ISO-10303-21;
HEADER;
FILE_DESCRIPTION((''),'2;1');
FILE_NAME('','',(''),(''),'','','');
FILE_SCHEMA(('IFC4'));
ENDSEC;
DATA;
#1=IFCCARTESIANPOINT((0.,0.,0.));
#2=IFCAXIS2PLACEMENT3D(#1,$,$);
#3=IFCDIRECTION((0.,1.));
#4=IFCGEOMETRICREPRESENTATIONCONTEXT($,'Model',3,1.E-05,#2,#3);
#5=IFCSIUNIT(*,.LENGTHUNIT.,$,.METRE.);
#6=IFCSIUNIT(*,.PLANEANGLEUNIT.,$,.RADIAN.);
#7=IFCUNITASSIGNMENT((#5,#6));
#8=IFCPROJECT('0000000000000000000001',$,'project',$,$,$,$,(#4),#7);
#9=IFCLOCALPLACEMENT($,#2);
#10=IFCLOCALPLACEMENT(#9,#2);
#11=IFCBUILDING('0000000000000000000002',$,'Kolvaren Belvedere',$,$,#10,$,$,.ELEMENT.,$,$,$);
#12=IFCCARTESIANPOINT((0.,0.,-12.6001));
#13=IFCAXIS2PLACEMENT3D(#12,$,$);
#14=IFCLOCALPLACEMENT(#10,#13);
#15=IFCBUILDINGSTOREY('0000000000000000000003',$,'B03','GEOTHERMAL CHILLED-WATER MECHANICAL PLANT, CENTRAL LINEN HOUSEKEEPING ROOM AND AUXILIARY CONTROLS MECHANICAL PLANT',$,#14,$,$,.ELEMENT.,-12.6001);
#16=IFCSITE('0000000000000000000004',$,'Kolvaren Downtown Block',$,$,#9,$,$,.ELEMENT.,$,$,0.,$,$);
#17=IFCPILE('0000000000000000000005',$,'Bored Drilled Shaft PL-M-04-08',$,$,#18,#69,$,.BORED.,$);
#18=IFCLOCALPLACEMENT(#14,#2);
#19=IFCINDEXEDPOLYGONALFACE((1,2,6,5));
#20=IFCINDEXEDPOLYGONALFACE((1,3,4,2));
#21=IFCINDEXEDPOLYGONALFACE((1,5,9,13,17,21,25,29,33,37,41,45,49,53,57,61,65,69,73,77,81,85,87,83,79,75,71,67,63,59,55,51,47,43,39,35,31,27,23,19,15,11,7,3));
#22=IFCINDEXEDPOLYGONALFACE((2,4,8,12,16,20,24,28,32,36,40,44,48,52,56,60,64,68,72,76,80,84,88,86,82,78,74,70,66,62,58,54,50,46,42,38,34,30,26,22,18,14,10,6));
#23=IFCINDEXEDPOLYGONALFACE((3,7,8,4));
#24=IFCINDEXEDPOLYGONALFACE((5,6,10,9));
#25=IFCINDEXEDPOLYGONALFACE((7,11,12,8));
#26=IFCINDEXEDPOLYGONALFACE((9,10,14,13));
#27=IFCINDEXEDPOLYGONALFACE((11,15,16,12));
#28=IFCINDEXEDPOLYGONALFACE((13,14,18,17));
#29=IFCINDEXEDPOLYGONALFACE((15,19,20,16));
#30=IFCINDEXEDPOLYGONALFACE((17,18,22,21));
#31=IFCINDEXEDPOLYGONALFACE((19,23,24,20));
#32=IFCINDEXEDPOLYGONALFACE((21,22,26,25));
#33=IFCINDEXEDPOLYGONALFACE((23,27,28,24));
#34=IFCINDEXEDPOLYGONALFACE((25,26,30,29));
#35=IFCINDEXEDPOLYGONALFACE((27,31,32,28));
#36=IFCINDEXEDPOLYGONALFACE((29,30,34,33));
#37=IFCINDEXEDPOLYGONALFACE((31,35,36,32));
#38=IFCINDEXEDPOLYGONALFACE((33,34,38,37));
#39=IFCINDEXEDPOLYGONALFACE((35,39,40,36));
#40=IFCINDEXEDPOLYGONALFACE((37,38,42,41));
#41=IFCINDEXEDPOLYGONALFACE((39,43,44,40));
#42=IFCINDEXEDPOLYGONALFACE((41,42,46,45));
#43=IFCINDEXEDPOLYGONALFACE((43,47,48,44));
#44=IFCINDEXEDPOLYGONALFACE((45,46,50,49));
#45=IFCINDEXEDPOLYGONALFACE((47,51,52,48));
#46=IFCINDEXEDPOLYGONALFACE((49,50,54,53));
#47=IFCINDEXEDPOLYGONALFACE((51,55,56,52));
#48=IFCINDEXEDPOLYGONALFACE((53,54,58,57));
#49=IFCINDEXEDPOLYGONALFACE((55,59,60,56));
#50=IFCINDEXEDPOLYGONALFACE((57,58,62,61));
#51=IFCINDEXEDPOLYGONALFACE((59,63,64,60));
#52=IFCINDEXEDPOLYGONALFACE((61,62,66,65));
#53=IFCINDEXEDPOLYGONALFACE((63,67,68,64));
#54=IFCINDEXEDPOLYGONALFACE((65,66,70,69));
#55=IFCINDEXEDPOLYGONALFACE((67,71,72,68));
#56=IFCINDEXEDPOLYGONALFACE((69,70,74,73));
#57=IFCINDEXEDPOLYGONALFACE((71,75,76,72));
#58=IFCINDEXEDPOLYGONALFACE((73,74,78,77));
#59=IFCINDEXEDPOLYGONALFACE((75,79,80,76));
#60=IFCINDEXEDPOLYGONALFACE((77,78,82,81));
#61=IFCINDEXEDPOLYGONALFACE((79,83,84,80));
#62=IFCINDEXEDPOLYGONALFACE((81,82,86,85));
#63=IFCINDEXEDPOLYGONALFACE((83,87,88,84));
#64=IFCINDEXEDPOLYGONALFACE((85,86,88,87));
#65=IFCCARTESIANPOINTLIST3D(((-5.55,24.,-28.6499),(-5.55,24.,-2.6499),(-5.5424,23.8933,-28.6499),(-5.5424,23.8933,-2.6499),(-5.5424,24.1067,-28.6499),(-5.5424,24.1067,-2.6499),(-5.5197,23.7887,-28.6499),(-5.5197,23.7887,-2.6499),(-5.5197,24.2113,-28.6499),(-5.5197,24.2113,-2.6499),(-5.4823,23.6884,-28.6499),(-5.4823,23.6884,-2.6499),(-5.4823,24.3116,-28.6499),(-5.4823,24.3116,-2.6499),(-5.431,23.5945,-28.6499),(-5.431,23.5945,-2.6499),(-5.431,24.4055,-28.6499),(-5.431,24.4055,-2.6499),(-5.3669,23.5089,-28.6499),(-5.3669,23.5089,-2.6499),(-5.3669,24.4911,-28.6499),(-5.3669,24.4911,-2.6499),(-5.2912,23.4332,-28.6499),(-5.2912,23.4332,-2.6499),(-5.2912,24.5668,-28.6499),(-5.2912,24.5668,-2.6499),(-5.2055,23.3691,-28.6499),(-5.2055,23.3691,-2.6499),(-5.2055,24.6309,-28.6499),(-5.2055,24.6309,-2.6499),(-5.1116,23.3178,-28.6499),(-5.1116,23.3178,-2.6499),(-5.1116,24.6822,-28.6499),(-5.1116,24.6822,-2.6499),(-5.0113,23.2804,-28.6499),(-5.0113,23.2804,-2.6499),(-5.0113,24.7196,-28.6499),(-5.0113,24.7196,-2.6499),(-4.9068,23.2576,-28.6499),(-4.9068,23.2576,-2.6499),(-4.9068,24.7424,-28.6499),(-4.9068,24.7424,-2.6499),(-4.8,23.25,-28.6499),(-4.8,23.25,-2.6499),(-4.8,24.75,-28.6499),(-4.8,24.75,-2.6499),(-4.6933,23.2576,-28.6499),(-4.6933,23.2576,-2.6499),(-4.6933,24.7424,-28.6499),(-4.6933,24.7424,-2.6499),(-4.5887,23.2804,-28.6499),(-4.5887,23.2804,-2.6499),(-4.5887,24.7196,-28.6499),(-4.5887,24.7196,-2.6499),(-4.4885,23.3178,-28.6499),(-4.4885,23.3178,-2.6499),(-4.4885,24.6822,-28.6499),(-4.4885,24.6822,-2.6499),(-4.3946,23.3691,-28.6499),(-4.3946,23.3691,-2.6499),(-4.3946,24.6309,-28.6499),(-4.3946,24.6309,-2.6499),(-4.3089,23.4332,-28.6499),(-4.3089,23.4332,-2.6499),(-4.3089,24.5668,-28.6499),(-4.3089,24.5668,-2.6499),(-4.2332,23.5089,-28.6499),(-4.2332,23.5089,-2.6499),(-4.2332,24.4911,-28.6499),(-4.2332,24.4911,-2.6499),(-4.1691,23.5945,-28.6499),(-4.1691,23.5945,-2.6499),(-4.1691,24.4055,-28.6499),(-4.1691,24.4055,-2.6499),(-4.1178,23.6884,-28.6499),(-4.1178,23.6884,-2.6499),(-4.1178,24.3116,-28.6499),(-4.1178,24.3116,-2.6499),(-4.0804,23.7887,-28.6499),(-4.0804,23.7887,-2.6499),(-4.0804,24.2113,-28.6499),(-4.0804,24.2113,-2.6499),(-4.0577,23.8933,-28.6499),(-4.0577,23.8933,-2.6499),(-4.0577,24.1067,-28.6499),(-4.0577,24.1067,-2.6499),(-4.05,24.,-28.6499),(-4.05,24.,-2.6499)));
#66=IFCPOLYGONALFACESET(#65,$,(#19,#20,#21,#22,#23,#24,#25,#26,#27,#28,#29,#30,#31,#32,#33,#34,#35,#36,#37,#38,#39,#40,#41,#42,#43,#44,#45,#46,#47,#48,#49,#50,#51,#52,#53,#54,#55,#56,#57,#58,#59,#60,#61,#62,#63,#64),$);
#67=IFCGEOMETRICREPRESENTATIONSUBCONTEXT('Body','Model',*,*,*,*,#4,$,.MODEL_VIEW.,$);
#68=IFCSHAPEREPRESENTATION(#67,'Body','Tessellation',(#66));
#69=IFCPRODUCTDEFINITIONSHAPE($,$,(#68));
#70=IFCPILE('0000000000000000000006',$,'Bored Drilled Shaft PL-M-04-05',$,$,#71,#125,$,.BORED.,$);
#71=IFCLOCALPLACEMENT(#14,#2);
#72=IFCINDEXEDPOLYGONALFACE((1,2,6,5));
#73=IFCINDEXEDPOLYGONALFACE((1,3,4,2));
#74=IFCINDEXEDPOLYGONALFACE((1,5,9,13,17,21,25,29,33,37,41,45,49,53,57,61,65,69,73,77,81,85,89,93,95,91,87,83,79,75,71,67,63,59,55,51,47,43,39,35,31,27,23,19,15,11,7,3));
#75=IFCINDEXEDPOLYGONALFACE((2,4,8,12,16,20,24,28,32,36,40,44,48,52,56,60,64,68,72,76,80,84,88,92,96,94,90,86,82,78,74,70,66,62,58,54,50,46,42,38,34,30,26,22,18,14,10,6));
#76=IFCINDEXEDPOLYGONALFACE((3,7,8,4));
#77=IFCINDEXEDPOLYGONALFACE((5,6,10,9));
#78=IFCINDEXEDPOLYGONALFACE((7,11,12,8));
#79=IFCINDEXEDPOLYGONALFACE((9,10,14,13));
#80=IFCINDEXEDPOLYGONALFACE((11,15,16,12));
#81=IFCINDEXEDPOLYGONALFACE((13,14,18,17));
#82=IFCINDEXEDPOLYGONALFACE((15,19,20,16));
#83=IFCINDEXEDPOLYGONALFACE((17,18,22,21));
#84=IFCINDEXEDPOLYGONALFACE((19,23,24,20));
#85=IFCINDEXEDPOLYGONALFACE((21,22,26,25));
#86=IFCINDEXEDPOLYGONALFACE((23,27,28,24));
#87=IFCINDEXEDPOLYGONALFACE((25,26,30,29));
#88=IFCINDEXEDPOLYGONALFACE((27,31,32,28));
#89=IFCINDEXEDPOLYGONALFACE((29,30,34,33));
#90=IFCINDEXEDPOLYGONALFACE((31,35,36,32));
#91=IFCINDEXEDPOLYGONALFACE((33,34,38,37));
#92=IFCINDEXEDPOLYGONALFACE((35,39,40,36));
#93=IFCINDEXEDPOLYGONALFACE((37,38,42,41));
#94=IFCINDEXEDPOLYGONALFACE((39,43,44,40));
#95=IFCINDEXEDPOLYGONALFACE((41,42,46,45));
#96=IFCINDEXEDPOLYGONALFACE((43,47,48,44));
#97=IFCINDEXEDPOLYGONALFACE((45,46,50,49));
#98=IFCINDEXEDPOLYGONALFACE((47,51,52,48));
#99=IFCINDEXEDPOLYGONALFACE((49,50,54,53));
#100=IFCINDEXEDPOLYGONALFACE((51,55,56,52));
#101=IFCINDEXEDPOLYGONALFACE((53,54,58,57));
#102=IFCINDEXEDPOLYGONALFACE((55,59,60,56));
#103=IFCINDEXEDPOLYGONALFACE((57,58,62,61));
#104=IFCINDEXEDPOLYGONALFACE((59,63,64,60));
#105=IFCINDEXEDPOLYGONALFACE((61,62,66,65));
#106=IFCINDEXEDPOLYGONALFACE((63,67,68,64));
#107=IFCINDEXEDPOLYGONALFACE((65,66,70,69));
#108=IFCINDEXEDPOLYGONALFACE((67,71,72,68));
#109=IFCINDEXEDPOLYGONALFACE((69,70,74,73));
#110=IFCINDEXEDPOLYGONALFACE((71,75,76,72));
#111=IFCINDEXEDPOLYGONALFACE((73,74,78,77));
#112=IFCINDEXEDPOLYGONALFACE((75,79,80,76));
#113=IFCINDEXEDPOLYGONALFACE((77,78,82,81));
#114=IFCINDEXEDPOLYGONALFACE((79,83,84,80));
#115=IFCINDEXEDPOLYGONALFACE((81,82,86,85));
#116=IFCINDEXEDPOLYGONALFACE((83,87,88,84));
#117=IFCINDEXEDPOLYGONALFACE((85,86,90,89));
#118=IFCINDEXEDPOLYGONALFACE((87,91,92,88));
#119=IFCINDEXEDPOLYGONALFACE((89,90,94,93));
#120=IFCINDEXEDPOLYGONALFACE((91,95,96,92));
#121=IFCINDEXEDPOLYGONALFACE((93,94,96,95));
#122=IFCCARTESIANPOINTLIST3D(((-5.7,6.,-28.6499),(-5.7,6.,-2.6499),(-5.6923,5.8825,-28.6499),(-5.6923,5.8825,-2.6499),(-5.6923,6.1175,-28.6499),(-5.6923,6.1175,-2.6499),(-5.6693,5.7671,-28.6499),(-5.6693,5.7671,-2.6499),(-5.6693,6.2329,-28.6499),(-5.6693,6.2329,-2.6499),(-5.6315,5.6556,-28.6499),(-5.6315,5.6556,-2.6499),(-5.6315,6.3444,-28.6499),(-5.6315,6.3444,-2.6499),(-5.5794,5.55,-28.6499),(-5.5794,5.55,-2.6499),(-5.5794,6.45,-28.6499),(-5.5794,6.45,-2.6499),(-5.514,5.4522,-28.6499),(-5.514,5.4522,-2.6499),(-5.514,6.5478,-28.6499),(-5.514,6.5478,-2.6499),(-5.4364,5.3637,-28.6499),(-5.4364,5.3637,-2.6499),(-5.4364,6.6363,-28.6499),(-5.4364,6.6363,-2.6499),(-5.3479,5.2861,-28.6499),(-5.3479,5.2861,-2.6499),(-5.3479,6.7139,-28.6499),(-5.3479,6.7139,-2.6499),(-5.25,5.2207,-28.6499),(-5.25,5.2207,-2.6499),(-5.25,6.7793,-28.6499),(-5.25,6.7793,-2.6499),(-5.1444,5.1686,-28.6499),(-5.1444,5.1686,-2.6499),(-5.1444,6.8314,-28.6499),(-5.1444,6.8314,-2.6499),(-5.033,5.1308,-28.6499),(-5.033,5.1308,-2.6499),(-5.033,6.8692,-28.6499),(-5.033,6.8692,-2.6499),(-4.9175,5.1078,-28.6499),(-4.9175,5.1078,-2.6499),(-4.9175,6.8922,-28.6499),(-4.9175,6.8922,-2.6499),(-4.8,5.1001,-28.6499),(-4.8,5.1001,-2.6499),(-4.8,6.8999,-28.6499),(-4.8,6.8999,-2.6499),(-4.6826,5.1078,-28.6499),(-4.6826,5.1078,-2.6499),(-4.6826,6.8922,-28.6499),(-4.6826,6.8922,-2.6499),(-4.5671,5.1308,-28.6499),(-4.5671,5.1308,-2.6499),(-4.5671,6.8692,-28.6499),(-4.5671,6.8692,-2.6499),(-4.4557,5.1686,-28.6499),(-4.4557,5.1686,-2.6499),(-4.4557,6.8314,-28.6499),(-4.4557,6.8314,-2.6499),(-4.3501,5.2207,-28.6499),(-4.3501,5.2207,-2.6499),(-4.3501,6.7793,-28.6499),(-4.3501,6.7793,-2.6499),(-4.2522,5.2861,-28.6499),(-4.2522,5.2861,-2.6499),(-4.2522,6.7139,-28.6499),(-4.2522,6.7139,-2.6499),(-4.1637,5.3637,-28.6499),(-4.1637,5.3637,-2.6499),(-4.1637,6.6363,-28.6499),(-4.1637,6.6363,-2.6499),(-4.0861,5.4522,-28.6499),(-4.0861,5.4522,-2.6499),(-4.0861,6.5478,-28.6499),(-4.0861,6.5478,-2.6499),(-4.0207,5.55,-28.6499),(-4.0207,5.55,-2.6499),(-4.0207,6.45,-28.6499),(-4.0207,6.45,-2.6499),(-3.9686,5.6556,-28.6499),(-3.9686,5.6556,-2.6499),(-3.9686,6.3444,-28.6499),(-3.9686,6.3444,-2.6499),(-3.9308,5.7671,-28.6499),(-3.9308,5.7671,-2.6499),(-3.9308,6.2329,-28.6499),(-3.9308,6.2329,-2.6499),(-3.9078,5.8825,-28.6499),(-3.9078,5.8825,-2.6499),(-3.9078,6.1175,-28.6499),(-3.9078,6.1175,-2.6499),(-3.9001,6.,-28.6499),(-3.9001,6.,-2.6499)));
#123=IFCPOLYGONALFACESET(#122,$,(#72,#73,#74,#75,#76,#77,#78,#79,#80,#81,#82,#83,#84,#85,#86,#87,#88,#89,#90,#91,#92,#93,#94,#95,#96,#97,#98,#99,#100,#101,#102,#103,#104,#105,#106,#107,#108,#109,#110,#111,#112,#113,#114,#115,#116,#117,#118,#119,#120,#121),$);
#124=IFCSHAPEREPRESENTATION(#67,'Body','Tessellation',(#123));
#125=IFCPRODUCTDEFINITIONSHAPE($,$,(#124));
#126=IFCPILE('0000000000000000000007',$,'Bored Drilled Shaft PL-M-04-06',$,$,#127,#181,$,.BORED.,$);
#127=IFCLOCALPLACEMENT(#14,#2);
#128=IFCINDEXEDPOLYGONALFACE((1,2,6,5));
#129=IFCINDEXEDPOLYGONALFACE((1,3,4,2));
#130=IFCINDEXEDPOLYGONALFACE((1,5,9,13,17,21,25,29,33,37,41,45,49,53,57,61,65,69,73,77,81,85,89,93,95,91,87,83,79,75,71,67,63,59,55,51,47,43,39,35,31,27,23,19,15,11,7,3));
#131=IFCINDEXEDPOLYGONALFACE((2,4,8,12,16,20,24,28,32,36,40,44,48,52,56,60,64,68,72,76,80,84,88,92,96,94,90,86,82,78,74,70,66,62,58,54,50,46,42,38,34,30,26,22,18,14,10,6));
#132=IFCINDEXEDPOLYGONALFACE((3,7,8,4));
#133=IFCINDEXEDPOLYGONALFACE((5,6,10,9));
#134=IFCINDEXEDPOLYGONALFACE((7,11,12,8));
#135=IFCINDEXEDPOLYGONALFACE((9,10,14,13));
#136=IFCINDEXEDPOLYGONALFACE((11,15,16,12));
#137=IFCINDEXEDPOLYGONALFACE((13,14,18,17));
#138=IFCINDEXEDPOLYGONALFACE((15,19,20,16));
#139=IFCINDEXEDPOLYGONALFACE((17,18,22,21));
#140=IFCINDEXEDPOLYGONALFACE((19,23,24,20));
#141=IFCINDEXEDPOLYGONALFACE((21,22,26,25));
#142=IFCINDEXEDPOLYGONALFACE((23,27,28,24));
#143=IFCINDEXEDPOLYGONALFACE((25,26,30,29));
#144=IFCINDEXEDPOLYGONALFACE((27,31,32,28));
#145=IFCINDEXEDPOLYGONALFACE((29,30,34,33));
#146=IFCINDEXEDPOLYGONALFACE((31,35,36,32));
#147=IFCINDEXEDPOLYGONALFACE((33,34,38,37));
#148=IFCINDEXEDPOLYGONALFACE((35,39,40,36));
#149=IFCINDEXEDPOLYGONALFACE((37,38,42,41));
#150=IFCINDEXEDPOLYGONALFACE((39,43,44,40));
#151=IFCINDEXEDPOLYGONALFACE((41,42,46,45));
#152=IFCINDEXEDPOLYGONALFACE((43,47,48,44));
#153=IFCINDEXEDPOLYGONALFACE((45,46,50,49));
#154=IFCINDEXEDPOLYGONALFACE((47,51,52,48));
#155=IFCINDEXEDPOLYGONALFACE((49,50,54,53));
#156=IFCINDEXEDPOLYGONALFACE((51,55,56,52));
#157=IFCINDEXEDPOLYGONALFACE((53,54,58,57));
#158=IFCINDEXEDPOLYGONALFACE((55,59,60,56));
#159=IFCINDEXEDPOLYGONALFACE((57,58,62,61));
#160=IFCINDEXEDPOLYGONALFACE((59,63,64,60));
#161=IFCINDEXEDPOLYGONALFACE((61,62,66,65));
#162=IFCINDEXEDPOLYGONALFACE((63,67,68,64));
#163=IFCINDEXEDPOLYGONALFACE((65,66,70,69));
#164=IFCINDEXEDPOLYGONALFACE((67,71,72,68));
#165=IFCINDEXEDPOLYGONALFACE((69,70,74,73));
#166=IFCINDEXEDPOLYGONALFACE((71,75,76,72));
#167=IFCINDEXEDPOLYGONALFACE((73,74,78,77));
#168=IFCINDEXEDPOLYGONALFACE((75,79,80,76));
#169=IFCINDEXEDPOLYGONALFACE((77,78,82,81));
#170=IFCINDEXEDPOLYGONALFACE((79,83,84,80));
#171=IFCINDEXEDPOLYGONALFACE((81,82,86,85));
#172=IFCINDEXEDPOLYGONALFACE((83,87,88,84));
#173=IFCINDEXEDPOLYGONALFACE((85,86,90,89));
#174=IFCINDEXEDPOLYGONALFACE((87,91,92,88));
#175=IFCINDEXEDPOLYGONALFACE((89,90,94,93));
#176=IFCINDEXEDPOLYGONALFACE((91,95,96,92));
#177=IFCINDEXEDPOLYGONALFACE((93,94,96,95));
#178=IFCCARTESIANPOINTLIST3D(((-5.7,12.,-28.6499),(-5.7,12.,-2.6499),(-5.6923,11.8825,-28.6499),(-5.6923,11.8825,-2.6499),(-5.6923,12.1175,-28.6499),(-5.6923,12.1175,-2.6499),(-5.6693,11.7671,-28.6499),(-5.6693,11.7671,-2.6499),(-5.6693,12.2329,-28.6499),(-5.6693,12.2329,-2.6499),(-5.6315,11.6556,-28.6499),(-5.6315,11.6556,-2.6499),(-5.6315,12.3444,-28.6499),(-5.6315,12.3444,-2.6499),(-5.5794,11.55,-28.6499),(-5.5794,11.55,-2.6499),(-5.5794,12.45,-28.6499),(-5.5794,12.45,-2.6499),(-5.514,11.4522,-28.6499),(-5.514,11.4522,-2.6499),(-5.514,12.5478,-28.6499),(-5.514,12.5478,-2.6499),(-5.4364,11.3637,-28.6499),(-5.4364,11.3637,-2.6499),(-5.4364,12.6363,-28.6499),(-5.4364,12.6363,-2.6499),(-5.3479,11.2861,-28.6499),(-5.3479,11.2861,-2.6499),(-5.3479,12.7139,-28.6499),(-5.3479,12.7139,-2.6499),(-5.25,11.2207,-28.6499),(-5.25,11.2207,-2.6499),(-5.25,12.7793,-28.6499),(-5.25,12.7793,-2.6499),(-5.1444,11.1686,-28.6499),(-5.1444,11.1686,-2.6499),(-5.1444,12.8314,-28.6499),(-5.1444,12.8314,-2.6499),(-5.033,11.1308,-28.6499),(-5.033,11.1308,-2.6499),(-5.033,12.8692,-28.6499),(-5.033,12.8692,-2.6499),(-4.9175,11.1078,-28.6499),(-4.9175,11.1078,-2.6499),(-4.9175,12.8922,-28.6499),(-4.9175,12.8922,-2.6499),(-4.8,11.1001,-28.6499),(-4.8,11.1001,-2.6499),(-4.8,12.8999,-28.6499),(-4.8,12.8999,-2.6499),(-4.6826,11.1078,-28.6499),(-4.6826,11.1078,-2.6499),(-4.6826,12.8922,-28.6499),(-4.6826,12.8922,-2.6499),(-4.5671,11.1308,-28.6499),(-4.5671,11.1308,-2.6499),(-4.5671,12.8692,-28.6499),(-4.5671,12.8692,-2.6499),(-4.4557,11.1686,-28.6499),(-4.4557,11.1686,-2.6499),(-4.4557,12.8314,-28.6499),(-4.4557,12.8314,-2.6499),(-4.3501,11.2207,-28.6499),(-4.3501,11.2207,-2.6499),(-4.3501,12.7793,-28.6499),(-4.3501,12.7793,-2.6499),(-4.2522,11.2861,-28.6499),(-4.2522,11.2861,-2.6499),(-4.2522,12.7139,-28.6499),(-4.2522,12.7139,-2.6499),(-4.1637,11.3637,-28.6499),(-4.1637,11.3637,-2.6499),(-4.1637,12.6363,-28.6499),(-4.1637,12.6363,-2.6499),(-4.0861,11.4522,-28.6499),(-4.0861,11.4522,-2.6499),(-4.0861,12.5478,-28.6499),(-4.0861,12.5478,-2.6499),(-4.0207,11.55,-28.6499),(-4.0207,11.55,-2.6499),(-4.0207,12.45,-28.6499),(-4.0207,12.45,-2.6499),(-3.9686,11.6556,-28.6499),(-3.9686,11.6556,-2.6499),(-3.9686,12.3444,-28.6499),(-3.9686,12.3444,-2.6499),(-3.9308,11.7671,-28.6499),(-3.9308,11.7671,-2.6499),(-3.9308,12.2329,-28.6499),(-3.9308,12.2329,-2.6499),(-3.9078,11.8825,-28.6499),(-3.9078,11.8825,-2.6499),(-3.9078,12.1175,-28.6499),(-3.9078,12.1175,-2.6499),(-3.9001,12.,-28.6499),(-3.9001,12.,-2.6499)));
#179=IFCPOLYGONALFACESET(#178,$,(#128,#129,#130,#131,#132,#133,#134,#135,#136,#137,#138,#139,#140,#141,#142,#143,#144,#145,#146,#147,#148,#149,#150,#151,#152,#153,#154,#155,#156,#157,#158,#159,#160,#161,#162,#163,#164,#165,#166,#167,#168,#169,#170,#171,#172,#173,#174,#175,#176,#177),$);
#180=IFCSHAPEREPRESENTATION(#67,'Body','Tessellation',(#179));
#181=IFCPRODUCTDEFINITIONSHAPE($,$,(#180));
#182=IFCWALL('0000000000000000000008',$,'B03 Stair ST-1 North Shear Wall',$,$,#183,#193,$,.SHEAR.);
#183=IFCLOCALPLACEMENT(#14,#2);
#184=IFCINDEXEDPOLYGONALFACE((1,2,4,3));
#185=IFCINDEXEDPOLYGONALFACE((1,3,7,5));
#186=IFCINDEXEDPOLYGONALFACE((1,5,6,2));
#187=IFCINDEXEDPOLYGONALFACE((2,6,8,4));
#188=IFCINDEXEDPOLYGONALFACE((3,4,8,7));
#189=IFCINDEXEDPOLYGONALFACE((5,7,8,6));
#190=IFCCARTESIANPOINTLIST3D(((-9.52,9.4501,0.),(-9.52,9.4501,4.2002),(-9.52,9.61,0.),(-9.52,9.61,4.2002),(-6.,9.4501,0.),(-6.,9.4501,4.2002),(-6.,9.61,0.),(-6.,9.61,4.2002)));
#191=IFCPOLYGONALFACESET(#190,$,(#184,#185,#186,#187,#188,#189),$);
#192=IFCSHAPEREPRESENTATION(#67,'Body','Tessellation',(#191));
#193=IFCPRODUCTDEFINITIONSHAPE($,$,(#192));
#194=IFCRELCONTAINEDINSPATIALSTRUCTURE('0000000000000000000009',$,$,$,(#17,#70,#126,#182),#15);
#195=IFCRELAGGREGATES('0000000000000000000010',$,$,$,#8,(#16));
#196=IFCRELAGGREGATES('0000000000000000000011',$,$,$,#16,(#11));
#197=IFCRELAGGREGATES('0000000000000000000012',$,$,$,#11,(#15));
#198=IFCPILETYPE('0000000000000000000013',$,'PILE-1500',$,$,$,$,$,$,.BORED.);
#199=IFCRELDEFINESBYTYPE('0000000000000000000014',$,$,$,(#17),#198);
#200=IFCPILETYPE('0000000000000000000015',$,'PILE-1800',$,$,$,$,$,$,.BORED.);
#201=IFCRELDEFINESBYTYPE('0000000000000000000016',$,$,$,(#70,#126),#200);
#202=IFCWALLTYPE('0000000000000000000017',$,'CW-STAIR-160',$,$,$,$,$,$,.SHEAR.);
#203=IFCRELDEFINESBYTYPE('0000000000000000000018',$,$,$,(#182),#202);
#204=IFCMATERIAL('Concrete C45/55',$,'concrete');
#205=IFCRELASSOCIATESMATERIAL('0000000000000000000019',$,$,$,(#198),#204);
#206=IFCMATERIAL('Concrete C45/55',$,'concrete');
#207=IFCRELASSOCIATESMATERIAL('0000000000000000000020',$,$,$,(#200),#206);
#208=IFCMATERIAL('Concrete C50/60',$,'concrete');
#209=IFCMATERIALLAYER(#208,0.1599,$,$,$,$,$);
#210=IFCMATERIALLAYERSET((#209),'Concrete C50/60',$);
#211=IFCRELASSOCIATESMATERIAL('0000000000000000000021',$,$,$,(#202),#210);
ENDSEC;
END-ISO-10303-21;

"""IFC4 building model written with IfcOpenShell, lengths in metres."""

from ifc_helpers import new_model, si_unit, direction, frame, frame_2d, origin, origin_2d, place, context, subcontext, project, spatial, rectangle, circle, extrude, material, layer, layer_set, material_profile, profile_set, type_object, element, save


model = new_model("IFC4")

# Units and contexts
model_context = context("Model", 3, precision=1e-05, world=origin(), true_north=direction((0.0, 1.0)))
body_context = subcontext(model_context, "Body", "Model", "MODEL_VIEW")
ifc_project = project(units=[si_unit("LENGTHUNIT", "METRE"), si_unit("PLANEANGLEUNIT", "RADIAN")], contexts=[model_context])

# Site, building, storey
site_placement = place(None, origin())
site = spatial("IfcSite", under=ifc_project, at=site_placement, Name="Kolvaren Downtown Block", CompositionType="ELEMENT", RefElevation=0.0)
building_placement = place(site_placement, origin())
building = spatial("IfcBuilding", under=site, at=building_placement, Name="Kolvaren Belvedere", CompositionType="ELEMENT")
storey_placement = place(building_placement, frame((0.0, 0.0, -12.6001)))
storey = spatial("IfcBuildingStorey", under=building, at=storey_placement, Name="B03", Description="GEOTHERMAL CHILLED-WATER MECHANICAL PLANT, CENTRAL LINEN HOUSEKEEPING ROOM AND AUXILIARY CONTROLS MECHANICAL PLANT", CompositionType="ELEMENT", Elevation=-12.6001)

# Piles
ifc_material_1 = material(Name="Concrete C45/55", Category="concrete")
ifc_material_profile_1 = material_profile(ifc_material_1, circle(Radius=0.75, at=origin_2d()), Name="BORED PILE D1500")
ifc_profile_set_1 = profile_set([ifc_material_profile_1], Name="Concrete C45/55")
pile_type_1 = type_object("IfcPileType", Name="PILE-1500", PredefinedType="BORED", material=ifc_profile_set_1)
for number, where, z_axis, x_axis, name in (
    (1, (-4.8, 24.0, -2.6499), (0.0, 0.0, -1.0), (1.0, 0.0, 0.0), "Bored Drilled Shaft PL-M-04-08"),
):
    element("IfcPile", number, at=place(storey_placement, frame(where, z_axis=z_axis, x_axis=x_axis)), inside=storey, type_object=pile_type_1, Name=name, PredefinedType="BORED", context=body_context, shape_type="SweptSolid", body=[
        extrude(circle(Radius=0.75, at=origin_2d()), origin(), (0.0, 0.0, 1.0), 26.0),
    ])
ifc_material_2 = material(Name="Concrete C45/55", Category="concrete")
ifc_material_profile_2 = material_profile(ifc_material_2, circle(Radius=0.8999, at=origin_2d()), Name="BORED PILE D1800")
ifc_profile_set_2 = profile_set([ifc_material_profile_2], Name="Concrete C45/55")
pile_type_2 = type_object("IfcPileType", Name="PILE-1800", PredefinedType="BORED", material=ifc_profile_set_2)
for number, where, z_axis, x_axis, name in (
    (2, (-4.8, 6.0, -2.6499), (0.0, 0.0, -1.0), (1.0, 0.0, 0.0), "Bored Drilled Shaft PL-M-04-05"),
    (3, (-4.8, 12.0, -2.6499), (0.0, 0.0, -1.0), (1.0, 0.0, 0.0), "Bored Drilled Shaft PL-M-04-06"),
):
    element("IfcPile", number, at=place(storey_placement, frame(where, z_axis=z_axis, x_axis=x_axis)), inside=storey, type_object=pile_type_2, Name=name, PredefinedType="BORED", context=body_context, shape_type="SweptSolid", body=[
        extrude(circle(Radius=0.8999, at=origin_2d()), origin(), (0.0, 0.0, 1.0), 26.0),
    ])

# Wall
ifc_material_3 = material(Name="Concrete C50/60", Category="concrete")
ifc_layer_1 = layer(ifc_material_3, 0.1599)
ifc_layer_set_1 = layer_set([ifc_layer_1], Name="Concrete C50/60")
wall_type_1 = type_object("IfcWallType", Name="CW-STAIR-160", PredefinedType="SHEAR", material=ifc_layer_set_1)
wall_1_placement = place(storey_placement, frame((-9.52, 9.53, 0.0), z_axis=(0.0, 0.0, 1.0), x_axis=(1.0, 0.0, 0.0)))
element("IfcWall", 4, at=wall_1_placement, inside=storey, type_object=wall_type_1, Name="B03 Stair ST-1 North Shear Wall", PredefinedType="SHEAR", context=body_context, shape_type="SweptSolid", body=[
    extrude(rectangle(XDim=3.52, YDim=0.1599, at=frame_2d((1.76, 0.0))), origin(), (0.0, 0.0, 1.0), 4.2002),
])

save(model, "model.ifc")
